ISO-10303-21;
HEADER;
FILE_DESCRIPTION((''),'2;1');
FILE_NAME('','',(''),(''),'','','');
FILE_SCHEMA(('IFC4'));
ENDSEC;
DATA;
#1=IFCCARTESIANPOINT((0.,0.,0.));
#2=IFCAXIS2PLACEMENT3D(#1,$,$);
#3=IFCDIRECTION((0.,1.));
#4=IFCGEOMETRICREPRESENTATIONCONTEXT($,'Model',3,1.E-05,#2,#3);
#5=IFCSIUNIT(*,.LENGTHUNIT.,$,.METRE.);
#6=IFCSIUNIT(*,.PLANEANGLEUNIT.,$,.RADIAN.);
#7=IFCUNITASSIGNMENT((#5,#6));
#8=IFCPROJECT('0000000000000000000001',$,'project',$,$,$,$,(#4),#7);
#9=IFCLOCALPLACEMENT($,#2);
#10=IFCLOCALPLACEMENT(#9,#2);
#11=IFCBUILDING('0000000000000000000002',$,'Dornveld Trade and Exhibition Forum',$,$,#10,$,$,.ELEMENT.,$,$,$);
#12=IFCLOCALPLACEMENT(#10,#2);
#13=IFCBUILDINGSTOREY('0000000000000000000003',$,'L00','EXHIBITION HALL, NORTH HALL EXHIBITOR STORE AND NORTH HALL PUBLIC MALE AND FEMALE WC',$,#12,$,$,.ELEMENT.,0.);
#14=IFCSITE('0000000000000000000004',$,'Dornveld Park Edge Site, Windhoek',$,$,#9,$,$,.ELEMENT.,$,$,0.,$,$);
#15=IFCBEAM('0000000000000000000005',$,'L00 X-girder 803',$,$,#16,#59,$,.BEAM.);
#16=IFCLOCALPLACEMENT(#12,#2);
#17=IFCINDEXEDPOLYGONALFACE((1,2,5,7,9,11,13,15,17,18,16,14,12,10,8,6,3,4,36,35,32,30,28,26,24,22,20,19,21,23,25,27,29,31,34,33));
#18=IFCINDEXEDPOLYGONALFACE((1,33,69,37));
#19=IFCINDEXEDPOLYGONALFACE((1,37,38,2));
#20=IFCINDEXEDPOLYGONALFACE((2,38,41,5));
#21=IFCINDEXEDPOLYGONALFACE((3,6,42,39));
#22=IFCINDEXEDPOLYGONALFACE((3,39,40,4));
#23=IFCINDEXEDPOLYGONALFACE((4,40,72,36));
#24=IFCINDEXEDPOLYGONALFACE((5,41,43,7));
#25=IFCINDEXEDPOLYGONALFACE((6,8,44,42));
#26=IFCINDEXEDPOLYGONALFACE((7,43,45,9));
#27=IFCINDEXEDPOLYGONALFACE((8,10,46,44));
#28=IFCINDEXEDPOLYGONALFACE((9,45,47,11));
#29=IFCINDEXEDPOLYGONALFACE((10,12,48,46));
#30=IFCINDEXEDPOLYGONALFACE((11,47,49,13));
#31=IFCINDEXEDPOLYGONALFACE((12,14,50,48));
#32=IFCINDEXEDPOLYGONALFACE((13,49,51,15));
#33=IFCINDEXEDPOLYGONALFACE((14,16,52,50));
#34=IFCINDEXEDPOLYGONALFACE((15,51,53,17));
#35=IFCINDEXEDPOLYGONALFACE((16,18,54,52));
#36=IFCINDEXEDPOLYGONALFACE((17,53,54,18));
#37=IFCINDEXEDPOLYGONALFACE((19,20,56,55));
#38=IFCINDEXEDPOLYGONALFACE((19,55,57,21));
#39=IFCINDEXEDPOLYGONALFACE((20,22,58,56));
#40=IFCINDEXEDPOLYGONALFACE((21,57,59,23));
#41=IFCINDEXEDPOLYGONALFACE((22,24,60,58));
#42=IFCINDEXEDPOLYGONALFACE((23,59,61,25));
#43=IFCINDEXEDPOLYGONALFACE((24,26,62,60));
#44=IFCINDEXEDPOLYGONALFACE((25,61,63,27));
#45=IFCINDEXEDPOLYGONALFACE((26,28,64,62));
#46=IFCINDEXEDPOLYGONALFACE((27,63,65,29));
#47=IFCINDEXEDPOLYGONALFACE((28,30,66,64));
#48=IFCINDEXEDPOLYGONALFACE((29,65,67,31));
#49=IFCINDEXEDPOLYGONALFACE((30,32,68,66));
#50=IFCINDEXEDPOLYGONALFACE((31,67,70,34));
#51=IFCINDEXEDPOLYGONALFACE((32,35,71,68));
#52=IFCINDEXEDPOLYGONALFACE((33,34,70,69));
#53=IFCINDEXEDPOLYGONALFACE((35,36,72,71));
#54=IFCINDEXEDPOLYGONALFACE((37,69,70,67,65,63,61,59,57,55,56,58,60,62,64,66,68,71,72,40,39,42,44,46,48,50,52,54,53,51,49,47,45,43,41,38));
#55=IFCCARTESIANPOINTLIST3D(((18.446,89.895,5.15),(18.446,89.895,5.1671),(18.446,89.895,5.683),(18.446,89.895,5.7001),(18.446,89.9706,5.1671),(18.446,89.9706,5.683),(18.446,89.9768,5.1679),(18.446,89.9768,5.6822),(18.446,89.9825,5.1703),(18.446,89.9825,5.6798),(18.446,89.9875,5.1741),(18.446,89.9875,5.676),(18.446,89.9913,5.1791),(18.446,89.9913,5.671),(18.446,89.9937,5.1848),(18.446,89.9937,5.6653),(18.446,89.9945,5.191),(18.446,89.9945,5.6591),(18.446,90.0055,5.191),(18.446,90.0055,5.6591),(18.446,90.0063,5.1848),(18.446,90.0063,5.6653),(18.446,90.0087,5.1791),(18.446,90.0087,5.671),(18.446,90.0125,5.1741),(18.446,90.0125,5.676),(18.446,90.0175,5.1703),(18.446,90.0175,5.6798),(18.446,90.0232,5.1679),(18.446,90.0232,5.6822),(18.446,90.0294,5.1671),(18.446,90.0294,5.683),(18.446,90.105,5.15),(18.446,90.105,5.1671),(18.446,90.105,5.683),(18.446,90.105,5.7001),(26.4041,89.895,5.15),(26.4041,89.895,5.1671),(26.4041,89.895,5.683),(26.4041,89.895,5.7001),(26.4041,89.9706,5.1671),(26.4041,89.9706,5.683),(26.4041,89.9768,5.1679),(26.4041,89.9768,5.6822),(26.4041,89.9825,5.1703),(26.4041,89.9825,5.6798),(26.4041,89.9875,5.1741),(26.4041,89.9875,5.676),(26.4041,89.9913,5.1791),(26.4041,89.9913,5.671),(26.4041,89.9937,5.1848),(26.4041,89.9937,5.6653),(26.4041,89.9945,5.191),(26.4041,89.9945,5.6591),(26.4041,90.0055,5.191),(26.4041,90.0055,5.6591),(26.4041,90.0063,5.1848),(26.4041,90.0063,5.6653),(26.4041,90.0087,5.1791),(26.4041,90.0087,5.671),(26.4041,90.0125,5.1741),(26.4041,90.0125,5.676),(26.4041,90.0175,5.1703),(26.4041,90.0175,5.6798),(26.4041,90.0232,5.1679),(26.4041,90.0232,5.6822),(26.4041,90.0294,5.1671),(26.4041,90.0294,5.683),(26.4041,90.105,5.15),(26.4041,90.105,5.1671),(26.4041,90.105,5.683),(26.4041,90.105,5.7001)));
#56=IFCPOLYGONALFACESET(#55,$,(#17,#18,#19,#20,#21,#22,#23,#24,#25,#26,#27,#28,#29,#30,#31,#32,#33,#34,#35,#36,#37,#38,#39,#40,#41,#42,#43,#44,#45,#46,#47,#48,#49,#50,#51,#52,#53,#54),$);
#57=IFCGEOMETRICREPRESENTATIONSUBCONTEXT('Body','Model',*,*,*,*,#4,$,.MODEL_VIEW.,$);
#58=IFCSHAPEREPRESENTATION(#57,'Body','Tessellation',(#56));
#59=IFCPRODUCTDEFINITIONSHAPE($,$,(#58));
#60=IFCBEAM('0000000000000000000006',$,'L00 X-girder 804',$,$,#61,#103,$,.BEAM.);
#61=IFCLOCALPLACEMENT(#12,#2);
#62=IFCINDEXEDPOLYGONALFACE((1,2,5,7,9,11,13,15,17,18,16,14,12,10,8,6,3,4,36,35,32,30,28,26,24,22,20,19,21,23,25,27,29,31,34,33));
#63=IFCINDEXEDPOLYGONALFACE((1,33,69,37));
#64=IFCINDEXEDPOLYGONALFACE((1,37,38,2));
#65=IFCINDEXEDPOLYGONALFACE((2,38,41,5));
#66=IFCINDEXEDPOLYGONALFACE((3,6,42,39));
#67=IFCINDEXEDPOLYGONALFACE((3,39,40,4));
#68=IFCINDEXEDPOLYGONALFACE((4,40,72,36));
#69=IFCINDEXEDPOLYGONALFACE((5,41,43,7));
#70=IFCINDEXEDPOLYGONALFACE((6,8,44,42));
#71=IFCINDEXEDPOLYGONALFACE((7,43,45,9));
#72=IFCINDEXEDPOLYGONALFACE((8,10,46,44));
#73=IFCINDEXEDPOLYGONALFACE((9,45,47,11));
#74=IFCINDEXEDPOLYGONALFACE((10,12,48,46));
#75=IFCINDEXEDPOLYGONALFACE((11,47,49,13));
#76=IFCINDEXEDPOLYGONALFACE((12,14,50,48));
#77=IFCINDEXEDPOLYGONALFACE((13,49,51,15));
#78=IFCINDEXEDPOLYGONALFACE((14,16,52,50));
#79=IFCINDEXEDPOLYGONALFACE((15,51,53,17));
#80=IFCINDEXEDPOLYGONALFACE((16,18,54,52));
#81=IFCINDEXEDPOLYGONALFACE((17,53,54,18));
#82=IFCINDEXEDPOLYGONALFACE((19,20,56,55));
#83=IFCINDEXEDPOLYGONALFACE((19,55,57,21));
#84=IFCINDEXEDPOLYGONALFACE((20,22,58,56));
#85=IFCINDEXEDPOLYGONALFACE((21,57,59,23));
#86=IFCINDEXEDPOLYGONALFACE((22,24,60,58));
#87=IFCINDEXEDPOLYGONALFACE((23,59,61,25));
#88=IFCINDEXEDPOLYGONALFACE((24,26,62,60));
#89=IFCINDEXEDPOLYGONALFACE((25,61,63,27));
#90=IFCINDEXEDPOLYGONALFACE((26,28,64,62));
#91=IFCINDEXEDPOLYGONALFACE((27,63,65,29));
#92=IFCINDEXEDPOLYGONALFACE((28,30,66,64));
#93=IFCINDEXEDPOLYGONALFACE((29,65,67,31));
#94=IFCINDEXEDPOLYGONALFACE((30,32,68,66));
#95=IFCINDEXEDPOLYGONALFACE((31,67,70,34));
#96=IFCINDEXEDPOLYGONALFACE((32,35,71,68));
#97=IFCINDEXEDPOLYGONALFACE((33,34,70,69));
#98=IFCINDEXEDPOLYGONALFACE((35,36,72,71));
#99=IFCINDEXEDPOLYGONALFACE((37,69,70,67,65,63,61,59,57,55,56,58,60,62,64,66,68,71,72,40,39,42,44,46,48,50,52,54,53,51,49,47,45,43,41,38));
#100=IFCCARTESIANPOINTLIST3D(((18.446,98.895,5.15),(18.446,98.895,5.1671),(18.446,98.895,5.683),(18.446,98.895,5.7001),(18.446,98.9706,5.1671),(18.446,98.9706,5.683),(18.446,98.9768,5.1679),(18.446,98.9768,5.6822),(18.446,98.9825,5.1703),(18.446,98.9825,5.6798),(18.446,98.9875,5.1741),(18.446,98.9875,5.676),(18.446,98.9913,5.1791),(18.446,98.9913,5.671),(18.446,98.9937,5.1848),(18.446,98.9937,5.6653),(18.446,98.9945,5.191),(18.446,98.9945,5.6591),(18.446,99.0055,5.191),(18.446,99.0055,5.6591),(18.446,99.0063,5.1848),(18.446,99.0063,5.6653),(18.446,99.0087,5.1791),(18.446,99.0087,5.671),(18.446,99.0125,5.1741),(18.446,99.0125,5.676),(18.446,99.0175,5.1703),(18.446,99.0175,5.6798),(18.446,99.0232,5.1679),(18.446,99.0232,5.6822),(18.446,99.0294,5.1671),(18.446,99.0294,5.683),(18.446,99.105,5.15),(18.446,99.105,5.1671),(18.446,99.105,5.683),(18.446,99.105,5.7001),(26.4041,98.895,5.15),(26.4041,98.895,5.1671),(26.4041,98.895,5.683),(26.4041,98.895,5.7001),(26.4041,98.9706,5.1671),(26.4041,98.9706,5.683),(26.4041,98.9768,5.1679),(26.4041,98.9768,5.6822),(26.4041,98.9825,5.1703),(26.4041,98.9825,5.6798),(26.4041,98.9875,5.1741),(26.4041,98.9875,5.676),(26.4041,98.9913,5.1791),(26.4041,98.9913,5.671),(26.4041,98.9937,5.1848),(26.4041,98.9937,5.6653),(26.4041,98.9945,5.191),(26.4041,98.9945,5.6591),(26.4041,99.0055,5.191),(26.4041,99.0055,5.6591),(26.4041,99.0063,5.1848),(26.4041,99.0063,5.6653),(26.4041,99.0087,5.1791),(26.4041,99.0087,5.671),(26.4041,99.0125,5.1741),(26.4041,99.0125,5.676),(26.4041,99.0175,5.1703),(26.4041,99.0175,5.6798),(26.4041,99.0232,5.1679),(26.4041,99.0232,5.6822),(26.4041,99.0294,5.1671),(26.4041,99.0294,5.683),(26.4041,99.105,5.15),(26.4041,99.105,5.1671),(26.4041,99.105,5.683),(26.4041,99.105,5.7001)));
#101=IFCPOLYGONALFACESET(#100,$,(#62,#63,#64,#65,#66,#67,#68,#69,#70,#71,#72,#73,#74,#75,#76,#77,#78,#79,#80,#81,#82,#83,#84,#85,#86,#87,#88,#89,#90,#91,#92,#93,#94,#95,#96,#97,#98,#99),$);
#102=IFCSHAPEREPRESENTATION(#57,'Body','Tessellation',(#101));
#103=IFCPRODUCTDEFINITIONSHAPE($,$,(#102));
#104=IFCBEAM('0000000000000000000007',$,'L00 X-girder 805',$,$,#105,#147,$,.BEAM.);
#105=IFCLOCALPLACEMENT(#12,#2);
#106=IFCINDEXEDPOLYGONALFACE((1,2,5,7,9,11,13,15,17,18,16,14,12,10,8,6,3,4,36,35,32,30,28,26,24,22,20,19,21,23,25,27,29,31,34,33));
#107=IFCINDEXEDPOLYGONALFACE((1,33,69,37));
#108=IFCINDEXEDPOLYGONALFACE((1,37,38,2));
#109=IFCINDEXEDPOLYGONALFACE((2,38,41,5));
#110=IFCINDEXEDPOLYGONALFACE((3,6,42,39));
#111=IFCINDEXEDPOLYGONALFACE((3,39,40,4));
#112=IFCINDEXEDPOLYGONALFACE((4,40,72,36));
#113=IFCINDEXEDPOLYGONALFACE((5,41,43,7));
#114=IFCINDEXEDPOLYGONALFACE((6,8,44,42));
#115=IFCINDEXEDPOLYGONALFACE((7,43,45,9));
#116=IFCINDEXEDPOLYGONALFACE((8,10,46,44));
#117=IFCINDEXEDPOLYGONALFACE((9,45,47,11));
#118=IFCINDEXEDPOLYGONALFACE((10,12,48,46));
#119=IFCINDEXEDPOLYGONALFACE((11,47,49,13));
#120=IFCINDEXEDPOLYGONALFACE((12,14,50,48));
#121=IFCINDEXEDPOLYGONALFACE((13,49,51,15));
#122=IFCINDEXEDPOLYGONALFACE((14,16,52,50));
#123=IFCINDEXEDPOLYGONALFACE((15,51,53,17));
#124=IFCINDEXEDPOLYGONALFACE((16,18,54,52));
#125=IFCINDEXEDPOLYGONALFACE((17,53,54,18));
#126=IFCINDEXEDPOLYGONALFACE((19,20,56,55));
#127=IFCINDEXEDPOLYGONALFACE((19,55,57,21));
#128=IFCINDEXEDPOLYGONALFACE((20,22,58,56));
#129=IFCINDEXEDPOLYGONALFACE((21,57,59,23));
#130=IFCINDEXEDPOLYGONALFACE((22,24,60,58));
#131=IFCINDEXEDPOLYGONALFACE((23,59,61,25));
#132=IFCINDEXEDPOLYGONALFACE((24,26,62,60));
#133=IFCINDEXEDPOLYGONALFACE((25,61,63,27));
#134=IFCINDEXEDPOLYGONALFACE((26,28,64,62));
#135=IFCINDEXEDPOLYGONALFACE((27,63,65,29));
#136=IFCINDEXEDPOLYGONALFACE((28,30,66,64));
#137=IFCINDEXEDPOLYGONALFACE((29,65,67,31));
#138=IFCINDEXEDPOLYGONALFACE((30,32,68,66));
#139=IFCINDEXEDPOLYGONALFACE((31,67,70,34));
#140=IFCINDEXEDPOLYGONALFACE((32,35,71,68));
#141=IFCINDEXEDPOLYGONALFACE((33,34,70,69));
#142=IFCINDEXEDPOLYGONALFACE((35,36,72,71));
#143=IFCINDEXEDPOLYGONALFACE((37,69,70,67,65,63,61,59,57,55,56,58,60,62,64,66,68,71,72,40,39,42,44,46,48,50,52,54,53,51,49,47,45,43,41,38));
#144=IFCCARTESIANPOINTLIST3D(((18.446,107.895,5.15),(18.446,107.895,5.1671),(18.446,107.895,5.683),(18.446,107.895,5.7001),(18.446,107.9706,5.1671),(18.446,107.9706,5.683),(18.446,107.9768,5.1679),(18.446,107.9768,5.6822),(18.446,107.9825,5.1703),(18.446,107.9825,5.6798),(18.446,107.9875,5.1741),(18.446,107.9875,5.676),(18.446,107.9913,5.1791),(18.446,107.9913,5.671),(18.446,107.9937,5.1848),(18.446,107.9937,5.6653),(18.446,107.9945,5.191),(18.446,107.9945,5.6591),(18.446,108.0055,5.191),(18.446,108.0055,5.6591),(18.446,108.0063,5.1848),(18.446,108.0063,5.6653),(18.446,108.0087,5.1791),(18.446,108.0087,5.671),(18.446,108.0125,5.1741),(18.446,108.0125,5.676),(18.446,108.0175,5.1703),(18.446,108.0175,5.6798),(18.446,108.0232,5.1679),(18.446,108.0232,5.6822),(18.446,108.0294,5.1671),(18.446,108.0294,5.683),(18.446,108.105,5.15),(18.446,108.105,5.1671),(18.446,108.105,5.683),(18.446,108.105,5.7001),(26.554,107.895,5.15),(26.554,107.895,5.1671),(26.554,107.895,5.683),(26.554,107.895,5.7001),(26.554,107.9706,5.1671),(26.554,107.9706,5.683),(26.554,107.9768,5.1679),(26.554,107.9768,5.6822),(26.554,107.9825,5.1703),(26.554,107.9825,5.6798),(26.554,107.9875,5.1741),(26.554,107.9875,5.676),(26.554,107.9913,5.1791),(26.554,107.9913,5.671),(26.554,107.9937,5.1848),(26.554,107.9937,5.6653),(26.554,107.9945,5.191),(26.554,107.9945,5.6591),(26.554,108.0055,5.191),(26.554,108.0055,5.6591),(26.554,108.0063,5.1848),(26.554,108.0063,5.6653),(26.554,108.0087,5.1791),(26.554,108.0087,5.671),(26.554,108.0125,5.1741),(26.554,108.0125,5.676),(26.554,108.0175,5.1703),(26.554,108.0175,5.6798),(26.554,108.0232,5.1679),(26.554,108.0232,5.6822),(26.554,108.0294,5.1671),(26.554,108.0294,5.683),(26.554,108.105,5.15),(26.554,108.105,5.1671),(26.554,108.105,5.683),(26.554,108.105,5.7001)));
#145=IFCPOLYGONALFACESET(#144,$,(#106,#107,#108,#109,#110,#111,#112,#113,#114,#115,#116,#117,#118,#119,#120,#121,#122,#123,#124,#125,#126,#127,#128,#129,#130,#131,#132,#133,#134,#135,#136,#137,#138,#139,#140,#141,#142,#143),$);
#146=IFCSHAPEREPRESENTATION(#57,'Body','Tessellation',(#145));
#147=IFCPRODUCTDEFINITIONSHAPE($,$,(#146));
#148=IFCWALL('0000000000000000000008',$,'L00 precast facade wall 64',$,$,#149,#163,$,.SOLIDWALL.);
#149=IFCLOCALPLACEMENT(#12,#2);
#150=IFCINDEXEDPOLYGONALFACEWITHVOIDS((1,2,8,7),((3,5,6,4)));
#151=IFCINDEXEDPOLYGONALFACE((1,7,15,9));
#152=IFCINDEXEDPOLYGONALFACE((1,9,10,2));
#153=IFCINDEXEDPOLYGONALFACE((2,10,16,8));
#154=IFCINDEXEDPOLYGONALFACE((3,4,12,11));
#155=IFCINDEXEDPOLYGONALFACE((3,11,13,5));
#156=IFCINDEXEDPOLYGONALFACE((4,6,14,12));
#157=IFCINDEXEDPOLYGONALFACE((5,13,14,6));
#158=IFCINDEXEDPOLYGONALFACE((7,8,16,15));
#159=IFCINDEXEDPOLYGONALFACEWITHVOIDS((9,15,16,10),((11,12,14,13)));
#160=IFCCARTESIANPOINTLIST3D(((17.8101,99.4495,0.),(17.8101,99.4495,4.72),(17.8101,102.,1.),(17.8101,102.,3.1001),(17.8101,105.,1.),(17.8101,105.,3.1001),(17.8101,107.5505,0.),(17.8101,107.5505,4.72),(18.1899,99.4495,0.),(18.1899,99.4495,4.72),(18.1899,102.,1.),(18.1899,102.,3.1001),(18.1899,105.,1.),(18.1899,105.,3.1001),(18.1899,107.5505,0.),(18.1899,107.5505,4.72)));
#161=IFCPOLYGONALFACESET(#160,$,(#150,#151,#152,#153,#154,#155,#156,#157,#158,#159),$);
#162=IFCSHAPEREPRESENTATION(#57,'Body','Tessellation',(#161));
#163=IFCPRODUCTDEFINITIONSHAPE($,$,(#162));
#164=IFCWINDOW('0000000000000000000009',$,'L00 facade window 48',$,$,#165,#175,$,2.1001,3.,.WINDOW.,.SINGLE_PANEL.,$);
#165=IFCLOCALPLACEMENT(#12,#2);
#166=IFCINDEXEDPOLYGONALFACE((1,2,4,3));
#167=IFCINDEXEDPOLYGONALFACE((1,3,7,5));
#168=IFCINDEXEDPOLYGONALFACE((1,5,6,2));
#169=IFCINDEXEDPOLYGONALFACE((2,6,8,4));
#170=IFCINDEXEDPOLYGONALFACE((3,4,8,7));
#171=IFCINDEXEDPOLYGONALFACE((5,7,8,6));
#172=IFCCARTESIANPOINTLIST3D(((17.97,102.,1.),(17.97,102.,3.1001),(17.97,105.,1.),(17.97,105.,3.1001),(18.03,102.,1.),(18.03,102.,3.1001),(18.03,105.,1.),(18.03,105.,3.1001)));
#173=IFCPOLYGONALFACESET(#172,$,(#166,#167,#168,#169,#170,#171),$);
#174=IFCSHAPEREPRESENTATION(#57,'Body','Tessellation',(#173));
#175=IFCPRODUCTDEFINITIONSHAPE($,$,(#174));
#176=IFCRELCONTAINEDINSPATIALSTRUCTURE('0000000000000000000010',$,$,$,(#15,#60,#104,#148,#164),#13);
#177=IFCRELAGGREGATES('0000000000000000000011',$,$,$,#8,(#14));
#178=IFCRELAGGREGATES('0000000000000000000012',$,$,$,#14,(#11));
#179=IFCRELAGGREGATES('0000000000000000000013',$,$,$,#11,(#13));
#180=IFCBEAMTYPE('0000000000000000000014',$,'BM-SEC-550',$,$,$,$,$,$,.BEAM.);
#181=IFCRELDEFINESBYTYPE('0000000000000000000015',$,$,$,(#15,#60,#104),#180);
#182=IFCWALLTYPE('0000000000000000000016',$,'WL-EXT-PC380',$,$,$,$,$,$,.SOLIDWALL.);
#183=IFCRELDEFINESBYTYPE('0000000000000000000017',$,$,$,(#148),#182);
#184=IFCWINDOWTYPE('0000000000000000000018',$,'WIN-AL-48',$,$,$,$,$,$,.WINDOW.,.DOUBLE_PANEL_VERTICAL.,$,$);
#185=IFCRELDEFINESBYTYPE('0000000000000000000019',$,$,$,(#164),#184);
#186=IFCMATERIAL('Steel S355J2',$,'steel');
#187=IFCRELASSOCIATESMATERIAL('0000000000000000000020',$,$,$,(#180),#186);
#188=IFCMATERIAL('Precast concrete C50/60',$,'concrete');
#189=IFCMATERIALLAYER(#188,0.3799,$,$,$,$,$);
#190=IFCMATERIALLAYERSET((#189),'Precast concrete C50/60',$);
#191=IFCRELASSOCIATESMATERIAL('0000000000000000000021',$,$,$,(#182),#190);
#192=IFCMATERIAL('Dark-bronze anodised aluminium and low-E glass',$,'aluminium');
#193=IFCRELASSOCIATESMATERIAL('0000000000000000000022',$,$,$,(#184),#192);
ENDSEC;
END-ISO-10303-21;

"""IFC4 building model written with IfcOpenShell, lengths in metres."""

from ifc_helpers import new_model, si_unit, direction, frame, frame_2d, origin, origin_2d, place, context, subcontext, project, spatial, rectangle, i_section, extrude, material, layer, layer_set, material_profile, profile_set, type_object, element, fill, save


model = new_model("IFC4")

# Units and contexts
model_context = context("Model", 3, precision=1e-05, world=origin(), true_north=direction((0.0, 1.0)))
body_context = subcontext(model_context, "Body", "Model", "MODEL_VIEW")
ifc_project = project(units=[si_unit("LENGTHUNIT", "METRE"), si_unit("PLANEANGLEUNIT", "RADIAN")], contexts=[model_context])

# Site, building, storey
site_placement = place(None, origin())
site = spatial("IfcSite", under=ifc_project, at=site_placement, Name="Dornveld Park Edge Site, Windhoek", CompositionType="ELEMENT", RefElevation=0.0)
building_placement = place(site_placement, origin())
building = spatial("IfcBuilding", under=site, at=building_placement, Name="Dornveld Trade and Exhibition Forum", CompositionType="ELEMENT")
storey_placement = place(building_placement, origin())
storey = spatial("IfcBuildingStorey", under=building, at=storey_placement, Name="L00", Description="EXHIBITION HALL, NORTH HALL EXHIBITOR STORE AND NORTH HALL PUBLIC MALE AND FEMALE WC", CompositionType="ELEMENT", Elevation=0.0)

# Beams
ifc_material_1 = material(Name="Steel S355J2", Category="steel")
ifc_material_profile_1 = material_profile(ifc_material_1, i_section(OverallWidth=0.21, OverallDepth=0.55, WebThickness=0.011, FlangeThickness=0.0171, FilletRadius=0.0239, at=origin_2d()), Name="IPE 550")
ifc_profile_set_1 = profile_set([ifc_material_profile_1], Name="Steel S355J2")
beam_type_1 = type_object("IfcBeamType", Name="BM-SEC-550", PredefinedType="BEAM", material=ifc_profile_set_1)
for number, where, z_axis, x_axis, name in (
    (1, (18.446, 90.0, 5.425), (1.0, 0.0, 0.0), (0.0, 1.0, 0.0), "L00 X-girder 803"),
    (2, (18.446, 99.0, 5.425), (1.0, 0.0, 0.0), (0.0, 1.0, 0.0), "L00 X-girder 804"),
):
    element("IfcBeam", number, at=place(storey_placement, frame(where, z_axis=z_axis, x_axis=x_axis)), inside=storey, type_object=beam_type_1, Name=name, PredefinedType="BEAM", context=body_context, shape_type="SweptSolid", body=[
        extrude(i_section(OverallWidth=0.21, OverallDepth=0.55, WebThickness=0.011, FlangeThickness=0.0171, FilletRadius=0.0239, at=origin_2d()), origin(), (0.0, 0.0, 1.0), 7.958),
    ])
beam_1_placement = place(storey_placement, frame((18.446, 108.0, 5.425), z_axis=(1.0, 0.0, 0.0), x_axis=(0.0, 1.0, 0.0)))
element("IfcBeam", 3, at=beam_1_placement, inside=storey, type_object=beam_type_1, Name="L00 X-girder 805", PredefinedType="BEAM", context=body_context, shape_type="SweptSolid", body=[
    extrude(i_section(OverallWidth=0.21, OverallDepth=0.55, WebThickness=0.011, FlangeThickness=0.0171, FilletRadius=0.0239, at=origin_2d()), origin(), (0.0, 0.0, 1.0), 8.1079),
])

# Wall, opening, window
ifc_material_2 = material(Name="Precast concrete C50/60", Category="concrete")
ifc_layer_1 = layer(ifc_material_2, 0.3799)
ifc_layer_set_1 = layer_set([ifc_layer_1], Name="Precast concrete C50/60")
wall_type_1 = type_object("IfcWallType", Name="WL-EXT-PC380", PredefinedType="SOLIDWALL", material=ifc_layer_set_1)
wall_1_placement = place(storey_placement, frame((18.0, 107.5505, 0.0), z_axis=(0.0, 0.0, 1.0), x_axis=(0.0, -1.0, 0.0)))
wall_1 = element("IfcWall", 4, at=wall_1_placement, inside=storey, type_object=wall_type_1, Name="L00 precast facade wall 64", PredefinedType="SOLIDWALL", context=body_context, shape_type="SweptSolid", body=[
    extrude(rectangle(XDim=8.1011, YDim=0.3799, at=frame_2d((4.0505, 0.0))), origin(), (0.0, 0.0, 1.0), 4.72),
])
opening_1_placement = place(wall_1_placement, frame((2.5505, 0.0, 1.0)))
opening_1 = element("IfcOpeningElement", 5, at=opening_1_placement, cuts=wall_1, PredefinedType="OPENING", context=body_context, shape_type="SweptSolid", body=[
    extrude(rectangle(XDim=3.0, YDim=2.1001, at=frame_2d((1.5, 1.05))), frame((0.0, 0.2, 0.0), z_axis=(0.0, -1.0, 0.0), x_axis=(1.0, 0.0, 0.0)), (0.0, 0.0, 1.0), 0.3999),
])
ifc_material_3 = material(Name="Dark-bronze anodised aluminium and low-E glass", Category="aluminium")
window_type = type_object("IfcWindowType", Name="WIN-AL-48", PartitioningType="DOUBLE_PANEL_VERTICAL", PredefinedType="WINDOW", material=ifc_material_3)
window_placement = place(opening_1_placement, origin())
window = element("IfcWindow", 6, at=window_placement, inside=storey, type_object=window_type, Name="L00 facade window 48", OverallHeight=2.1001, OverallWidth=3.0, PartitioningType="SINGLE_PANEL", PredefinedType="WINDOW", context=body_context, shape_type="SweptSolid", body=[
    extrude(rectangle(XDim=3.0, YDim=2.1001, at=frame_2d((1.5, 1.05))), frame((0.0, 0.03, 0.0), z_axis=(0.0, -1.0, 0.0), x_axis=(1.0, 0.0, 0.0)), (0.0, 0.0, 1.0), 0.0601),
])
fill(opening_1, window)

save(model, "model.ifc")
